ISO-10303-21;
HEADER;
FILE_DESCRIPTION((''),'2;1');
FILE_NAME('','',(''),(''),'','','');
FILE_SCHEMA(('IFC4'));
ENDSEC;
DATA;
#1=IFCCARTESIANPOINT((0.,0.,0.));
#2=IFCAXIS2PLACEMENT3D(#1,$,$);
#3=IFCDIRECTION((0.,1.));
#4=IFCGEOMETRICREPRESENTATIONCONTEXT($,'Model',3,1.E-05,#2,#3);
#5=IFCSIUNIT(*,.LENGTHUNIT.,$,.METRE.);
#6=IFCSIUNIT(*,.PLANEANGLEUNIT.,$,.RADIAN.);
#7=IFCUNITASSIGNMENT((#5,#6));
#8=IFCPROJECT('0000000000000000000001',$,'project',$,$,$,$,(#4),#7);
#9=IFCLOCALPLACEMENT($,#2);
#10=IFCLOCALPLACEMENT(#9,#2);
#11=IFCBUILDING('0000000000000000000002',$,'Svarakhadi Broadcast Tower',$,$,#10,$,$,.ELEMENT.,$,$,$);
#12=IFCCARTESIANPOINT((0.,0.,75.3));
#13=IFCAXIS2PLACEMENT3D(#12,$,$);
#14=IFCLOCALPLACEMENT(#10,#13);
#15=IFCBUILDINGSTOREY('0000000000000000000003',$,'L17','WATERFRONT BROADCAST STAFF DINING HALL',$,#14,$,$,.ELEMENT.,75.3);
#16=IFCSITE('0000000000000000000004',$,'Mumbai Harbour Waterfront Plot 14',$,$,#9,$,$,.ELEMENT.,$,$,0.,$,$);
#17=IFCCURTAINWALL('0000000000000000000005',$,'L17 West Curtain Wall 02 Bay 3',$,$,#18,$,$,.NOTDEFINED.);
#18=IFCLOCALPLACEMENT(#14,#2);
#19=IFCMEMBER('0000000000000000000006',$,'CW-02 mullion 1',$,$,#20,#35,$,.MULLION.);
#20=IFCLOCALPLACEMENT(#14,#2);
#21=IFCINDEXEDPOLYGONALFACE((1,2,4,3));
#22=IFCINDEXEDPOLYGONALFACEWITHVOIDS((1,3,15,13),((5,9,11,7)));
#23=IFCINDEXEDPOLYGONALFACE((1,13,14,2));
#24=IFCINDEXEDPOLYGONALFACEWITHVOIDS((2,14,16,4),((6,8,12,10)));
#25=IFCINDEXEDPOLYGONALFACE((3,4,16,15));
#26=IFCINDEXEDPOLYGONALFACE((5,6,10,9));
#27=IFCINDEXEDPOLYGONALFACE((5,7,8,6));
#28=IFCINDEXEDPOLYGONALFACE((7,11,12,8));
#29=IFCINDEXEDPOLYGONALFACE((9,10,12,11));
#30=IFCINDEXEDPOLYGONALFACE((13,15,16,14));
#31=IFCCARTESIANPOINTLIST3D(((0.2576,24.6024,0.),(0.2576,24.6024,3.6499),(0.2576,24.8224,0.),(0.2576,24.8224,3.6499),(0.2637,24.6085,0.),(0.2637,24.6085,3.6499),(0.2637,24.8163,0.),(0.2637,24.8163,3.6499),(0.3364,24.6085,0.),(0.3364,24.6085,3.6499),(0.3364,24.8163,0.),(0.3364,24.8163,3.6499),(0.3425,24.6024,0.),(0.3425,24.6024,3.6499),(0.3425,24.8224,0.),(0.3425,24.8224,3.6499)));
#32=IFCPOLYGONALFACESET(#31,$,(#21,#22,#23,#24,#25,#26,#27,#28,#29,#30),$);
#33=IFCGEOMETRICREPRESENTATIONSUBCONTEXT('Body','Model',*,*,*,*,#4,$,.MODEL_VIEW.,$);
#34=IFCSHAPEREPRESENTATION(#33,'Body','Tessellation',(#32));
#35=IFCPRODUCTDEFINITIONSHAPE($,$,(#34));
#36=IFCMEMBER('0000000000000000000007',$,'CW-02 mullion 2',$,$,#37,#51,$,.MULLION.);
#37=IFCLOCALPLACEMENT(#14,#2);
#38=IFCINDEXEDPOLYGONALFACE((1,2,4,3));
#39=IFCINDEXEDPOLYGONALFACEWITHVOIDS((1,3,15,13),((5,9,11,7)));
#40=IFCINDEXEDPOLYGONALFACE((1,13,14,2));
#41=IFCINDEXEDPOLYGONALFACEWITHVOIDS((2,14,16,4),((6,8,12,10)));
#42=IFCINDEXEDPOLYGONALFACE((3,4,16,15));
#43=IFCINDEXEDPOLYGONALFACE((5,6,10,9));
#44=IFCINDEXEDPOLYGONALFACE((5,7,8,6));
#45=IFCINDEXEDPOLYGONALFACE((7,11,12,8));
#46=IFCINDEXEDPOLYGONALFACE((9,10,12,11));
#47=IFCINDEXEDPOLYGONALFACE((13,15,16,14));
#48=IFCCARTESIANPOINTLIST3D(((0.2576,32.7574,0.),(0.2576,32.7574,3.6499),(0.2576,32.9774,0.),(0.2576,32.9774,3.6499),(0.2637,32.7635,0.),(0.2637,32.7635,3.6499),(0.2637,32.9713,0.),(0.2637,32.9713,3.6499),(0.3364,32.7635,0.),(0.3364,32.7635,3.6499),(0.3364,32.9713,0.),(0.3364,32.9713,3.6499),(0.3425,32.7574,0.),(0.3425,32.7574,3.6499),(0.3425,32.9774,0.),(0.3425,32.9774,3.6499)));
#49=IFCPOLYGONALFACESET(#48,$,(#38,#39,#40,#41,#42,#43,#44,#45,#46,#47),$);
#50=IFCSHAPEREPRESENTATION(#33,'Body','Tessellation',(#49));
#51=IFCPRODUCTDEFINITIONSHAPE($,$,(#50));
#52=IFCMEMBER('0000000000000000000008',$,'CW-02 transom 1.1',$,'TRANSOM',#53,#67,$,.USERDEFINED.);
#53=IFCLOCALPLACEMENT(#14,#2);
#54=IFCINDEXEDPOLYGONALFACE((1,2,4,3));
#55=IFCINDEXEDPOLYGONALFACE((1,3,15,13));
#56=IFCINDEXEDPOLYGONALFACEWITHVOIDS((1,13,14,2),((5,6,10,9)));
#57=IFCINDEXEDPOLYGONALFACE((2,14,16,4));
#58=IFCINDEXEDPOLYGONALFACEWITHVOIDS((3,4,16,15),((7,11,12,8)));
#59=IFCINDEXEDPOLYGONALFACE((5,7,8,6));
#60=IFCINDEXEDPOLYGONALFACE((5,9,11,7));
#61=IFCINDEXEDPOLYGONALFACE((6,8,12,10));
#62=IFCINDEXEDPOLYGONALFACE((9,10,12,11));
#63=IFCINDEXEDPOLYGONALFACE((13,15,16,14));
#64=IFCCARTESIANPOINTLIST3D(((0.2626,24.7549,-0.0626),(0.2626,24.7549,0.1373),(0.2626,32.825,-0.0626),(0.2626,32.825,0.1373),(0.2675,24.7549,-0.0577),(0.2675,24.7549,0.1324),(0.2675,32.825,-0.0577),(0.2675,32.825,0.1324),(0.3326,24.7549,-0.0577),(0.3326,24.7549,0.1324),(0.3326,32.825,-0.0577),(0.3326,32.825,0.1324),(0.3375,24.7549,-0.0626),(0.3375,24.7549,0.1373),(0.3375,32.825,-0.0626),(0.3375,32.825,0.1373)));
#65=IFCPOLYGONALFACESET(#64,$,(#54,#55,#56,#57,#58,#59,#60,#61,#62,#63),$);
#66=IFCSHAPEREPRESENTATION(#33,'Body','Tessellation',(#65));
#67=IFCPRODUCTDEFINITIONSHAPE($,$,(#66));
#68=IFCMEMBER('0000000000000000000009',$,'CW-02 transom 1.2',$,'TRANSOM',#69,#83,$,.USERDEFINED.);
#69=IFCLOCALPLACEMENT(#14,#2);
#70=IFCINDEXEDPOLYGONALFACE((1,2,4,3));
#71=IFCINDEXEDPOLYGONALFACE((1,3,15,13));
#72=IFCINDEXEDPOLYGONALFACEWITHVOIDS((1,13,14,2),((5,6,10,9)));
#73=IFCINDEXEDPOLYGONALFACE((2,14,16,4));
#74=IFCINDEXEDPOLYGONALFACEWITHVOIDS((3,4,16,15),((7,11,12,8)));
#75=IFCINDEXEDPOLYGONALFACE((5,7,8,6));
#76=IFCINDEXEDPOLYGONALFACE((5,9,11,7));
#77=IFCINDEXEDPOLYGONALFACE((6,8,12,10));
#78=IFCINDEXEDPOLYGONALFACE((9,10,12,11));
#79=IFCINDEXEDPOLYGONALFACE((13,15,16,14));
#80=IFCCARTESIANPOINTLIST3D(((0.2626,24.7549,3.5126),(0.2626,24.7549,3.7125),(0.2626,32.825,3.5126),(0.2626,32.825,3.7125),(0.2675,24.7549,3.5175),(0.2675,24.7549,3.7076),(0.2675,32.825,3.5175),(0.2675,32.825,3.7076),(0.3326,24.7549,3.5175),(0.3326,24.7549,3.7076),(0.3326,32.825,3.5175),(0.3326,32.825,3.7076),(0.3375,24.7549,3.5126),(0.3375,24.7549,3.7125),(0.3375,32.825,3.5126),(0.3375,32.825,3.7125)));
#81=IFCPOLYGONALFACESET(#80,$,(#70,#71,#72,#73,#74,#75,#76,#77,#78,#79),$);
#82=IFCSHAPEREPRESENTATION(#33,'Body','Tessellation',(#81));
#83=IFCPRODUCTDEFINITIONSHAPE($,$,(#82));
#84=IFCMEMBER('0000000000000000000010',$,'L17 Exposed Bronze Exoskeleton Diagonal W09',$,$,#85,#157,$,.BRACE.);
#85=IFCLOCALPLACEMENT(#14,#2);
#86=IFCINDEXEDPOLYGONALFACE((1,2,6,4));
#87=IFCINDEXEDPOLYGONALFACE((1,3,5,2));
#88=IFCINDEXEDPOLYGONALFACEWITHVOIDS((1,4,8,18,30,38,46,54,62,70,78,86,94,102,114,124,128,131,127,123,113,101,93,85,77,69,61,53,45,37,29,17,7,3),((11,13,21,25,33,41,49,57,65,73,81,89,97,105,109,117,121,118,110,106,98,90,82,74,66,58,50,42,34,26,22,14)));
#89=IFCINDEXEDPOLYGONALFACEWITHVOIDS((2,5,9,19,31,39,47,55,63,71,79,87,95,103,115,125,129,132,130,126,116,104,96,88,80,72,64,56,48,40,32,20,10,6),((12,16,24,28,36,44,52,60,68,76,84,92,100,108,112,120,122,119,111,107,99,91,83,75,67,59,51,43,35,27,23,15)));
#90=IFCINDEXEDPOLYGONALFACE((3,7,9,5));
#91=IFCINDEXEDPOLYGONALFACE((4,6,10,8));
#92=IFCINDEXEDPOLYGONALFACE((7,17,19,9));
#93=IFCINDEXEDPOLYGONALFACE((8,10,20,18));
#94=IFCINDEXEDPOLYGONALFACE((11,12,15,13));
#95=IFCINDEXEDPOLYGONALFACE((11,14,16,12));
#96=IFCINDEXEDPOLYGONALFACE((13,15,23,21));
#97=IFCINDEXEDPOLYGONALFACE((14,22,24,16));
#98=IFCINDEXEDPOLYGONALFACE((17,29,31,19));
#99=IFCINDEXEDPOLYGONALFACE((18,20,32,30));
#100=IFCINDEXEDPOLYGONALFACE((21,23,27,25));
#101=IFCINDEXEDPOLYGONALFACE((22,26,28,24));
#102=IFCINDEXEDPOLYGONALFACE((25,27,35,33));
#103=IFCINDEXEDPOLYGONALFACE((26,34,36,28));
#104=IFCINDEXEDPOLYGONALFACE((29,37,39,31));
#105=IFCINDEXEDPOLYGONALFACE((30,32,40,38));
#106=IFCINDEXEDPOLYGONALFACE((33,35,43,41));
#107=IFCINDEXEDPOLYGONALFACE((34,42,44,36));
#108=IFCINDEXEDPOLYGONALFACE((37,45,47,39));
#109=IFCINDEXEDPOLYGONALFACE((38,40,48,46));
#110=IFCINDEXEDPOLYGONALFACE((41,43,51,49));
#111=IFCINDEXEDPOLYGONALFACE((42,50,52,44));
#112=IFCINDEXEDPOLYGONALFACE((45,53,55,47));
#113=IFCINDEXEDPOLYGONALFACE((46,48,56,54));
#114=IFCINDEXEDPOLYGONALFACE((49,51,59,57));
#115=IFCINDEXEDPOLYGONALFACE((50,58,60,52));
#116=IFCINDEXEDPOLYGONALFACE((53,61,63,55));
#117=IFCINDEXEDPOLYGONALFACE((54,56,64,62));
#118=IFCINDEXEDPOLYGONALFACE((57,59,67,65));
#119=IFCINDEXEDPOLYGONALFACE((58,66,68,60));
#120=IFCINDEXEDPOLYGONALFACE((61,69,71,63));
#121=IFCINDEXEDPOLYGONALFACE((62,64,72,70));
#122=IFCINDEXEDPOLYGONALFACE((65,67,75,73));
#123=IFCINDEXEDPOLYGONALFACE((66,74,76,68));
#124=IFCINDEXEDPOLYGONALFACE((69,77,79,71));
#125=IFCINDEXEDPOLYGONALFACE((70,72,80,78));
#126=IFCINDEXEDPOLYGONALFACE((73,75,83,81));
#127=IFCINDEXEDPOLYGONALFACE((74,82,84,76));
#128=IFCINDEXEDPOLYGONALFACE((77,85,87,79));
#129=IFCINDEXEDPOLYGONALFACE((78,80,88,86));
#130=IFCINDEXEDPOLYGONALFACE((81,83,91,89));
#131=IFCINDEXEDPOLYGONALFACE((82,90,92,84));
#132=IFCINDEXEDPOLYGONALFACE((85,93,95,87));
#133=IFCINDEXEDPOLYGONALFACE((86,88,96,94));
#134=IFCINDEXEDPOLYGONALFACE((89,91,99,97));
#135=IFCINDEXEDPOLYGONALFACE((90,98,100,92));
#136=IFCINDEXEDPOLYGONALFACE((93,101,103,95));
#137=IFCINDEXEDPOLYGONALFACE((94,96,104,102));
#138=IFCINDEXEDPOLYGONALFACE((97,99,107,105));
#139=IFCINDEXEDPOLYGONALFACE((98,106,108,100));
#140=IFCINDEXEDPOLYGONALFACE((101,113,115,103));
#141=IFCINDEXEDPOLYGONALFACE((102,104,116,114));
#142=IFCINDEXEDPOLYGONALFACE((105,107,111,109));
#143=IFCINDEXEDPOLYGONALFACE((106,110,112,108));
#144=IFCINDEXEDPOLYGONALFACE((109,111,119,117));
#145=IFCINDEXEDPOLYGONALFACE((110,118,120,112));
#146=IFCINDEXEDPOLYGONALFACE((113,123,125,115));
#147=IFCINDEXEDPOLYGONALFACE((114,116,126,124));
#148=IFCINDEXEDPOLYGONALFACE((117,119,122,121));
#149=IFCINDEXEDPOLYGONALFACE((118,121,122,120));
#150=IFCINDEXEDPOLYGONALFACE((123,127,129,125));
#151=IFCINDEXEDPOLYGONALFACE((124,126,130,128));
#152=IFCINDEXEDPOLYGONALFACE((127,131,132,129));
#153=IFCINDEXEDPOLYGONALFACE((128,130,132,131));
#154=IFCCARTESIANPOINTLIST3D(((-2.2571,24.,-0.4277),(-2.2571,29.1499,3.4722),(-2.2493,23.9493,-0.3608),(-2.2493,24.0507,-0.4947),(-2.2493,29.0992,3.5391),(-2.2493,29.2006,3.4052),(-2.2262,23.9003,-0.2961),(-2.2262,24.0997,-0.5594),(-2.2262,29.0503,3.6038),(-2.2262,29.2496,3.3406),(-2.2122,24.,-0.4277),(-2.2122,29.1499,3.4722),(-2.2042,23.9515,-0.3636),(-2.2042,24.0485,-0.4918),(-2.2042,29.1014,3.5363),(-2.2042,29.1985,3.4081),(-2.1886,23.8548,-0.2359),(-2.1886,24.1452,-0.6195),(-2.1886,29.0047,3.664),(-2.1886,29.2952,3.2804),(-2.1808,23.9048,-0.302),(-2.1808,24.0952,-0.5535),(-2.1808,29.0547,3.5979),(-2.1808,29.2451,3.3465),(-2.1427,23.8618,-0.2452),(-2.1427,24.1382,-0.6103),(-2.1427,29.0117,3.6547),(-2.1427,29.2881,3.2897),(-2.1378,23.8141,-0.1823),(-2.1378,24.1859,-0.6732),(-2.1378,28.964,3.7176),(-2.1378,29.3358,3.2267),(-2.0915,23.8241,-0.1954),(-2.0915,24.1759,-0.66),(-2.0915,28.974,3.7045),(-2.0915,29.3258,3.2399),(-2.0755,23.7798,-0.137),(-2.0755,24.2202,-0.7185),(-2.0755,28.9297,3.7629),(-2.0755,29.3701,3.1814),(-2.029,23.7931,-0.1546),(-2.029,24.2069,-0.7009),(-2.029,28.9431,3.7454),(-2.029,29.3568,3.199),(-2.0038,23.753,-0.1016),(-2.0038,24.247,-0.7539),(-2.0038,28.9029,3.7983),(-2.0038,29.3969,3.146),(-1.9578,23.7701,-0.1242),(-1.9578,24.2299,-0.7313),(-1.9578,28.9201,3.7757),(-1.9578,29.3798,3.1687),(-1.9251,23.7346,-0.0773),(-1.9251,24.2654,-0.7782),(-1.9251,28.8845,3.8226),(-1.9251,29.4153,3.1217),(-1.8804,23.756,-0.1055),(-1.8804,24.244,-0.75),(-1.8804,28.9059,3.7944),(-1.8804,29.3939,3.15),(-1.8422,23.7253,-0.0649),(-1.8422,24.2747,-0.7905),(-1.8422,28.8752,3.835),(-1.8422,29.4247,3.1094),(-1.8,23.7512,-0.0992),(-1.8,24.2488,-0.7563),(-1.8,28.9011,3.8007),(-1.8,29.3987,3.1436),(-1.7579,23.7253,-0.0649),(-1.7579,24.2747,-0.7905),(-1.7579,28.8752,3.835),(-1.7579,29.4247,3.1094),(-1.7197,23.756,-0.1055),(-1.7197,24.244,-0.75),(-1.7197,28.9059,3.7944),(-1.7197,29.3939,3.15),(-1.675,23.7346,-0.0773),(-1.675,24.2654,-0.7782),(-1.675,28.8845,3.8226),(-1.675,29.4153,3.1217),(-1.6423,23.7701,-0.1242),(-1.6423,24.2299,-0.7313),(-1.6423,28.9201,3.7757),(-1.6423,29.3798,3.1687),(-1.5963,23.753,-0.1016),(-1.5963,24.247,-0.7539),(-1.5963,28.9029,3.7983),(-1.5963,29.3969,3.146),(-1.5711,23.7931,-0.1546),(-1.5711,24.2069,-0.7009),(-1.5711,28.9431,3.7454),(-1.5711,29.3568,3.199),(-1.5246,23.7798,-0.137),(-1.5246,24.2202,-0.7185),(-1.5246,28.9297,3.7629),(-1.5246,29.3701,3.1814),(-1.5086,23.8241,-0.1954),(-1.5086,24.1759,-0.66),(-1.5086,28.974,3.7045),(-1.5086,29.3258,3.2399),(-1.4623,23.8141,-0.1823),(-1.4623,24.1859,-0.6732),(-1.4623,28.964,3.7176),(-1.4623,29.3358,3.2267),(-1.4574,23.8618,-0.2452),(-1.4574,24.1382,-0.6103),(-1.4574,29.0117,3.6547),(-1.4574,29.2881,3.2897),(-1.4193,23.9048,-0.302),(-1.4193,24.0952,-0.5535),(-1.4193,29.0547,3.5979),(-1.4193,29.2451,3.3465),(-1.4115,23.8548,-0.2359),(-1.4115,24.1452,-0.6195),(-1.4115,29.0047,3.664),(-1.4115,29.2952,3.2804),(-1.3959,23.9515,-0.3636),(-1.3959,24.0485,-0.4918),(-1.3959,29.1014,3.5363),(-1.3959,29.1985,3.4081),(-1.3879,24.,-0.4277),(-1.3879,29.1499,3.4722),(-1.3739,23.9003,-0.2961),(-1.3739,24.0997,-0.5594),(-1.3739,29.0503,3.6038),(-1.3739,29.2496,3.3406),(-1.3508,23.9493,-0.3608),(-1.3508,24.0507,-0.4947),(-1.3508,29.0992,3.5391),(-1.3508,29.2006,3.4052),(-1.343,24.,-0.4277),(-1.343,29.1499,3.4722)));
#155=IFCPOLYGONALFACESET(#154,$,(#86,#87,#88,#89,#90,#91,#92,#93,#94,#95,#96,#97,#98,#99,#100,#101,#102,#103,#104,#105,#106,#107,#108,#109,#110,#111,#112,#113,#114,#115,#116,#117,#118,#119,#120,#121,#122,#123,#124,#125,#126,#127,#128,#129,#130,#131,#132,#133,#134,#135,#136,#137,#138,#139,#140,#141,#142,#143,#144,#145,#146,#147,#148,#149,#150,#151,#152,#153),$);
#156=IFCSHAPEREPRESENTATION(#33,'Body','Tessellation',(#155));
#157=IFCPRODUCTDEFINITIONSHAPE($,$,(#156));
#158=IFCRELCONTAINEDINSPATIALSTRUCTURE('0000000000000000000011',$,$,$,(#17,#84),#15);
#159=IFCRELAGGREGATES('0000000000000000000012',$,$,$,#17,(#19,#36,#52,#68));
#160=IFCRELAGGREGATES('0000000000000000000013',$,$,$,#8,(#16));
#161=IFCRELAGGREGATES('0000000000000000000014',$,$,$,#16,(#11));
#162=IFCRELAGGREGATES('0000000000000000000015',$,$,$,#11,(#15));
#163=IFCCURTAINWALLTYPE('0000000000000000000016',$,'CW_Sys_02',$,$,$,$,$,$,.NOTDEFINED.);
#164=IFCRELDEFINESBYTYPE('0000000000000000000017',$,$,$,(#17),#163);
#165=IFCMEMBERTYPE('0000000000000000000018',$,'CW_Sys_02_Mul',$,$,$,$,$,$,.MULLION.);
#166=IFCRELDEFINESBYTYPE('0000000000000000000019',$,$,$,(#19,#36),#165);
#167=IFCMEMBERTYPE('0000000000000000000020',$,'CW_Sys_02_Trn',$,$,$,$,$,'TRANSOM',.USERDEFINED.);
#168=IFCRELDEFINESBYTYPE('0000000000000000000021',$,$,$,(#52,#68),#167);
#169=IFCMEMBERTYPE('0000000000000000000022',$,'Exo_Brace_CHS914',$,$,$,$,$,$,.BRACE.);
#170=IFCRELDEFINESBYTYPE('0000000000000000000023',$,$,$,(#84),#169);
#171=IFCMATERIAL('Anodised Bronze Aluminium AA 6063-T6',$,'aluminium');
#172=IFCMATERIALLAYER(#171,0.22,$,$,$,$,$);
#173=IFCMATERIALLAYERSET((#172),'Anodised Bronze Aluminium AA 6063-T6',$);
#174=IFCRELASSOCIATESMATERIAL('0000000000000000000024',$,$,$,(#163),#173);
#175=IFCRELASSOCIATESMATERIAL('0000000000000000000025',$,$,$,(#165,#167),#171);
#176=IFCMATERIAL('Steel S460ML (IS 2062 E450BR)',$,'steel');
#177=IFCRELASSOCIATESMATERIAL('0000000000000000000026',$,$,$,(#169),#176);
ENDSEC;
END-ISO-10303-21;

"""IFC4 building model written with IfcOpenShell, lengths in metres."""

from ifc_helpers import new_model, si_unit, direction, frame, origin, origin_2d, place, context, subcontext, project, spatial, hollow_rectangle, hollow_circle, extrude, material, layer, layer_set, material_profile, profile_set, type_object, element, aggregate, save


model = new_model("IFC4")

# Units and contexts
model_context = context("Model", 3, precision=1e-05, world=origin(), true_north=direction((0.0, 1.0)))
body_context = subcontext(model_context, "Body", "Model", "MODEL_VIEW")
ifc_project = project(units=[si_unit("LENGTHUNIT", "METRE"), si_unit("PLANEANGLEUNIT", "RADIAN")], contexts=[model_context])

# Site, building, storey
site_placement = place(None, origin())
site = spatial("IfcSite", under=ifc_project, at=site_placement, Name="Mumbai Harbour Waterfront Plot 14", CompositionType="ELEMENT", RefElevation=0.0)
building_placement = place(site_placement, origin())
building = spatial("IfcBuilding", under=site, at=building_placement, Name="Svarakhadi Broadcast Tower", CompositionType="ELEMENT")
storey_placement = place(building_placement, frame((0.0, 0.0, 75.3)))
storey = spatial("IfcBuildingStorey", under=building, at=storey_placement, Name="L17", Description="WATERFRONT BROADCAST STAFF DINING HALL", CompositionType="ELEMENT", Elevation=75.3)

# Shared definitions
ifc_material_1 = material(Name="Steel S460ML (IS 2062 E450BR)", Category="steel")

# Curtain wall, members
ifc_material_2 = material(Name="Anodised Bronze Aluminium AA 6063-T6", Category="aluminium")
ifc_layer_1 = layer(ifc_material_2, 0.22)
ifc_layer_set_1 = layer_set([ifc_layer_1], Name="Anodised Bronze Aluminium AA 6063-T6")
curtain_wall_type = type_object("IfcCurtainWallType", Name="CW_Sys_02", PredefinedType="NOTDEFINED", material=ifc_layer_set_1)
curtain_wall_placement = place(storey_placement, origin())
curtain_wall = element("IfcCurtainWall", 1, at=curtain_wall_placement, inside=storey, type_object=curtain_wall_type, Name="L17 West Curtain Wall 02 Bay 3", PredefinedType="NOTDEFINED")
ifc_material_profile_1 = material_profile(ifc_material_2, hollow_rectangle(XDim=0.085, YDim=0.22, WallThickness=0.0061, at=origin_2d()), Name="ALU MULLION 220x85x6")
ifc_profile_set_1 = profile_set([ifc_material_profile_1], Name="Anodised Bronze Aluminium AA 6063-T6")
member_type_1 = type_object("IfcMemberType", Name="CW_Sys_02_Mul", PredefinedType="MULLION", material=ifc_profile_set_1)
member_1_placement = place(storey_placement, frame((0.3, 24.7124, 0.0), z_axis=(0.0, 0.0, 1.0), x_axis=(-1.0, 0.0, 0.0)))
member_1 = element("IfcMember", 2, at=member_1_placement, type_object=member_type_1, Name="CW-02 mullion 1", PredefinedType="MULLION", context=body_context, shape_type="SweptSolid", body=[
    extrude(hollow_rectangle(XDim=0.085, YDim=0.22, WallThickness=0.0061, at=origin_2d()), origin(), (0.0, 0.0, 1.0), 3.6499),
])
member_2_placement = place(storey_placement, frame((0.3, 32.8674, 0.0), z_axis=(0.0, 0.0, 1.0), x_axis=(-1.0, 0.0, 0.0)))
member_2 = element("IfcMember", 3, at=member_2_placement, type_object=member_type_1, Name="CW-02 mullion 2", PredefinedType="MULLION", context=body_context, shape_type="SweptSolid", body=[
    extrude(hollow_rectangle(XDim=0.085, YDim=0.22, WallThickness=0.0061, at=origin_2d()), origin(), (0.0, 0.0, 1.0), 3.6499),
])
ifc_material_profile_2 = material_profile(ifc_material_2, hollow_rectangle(XDim=0.075, YDim=0.2, WallThickness=0.0049, at=origin_2d()), Name="ALU TRANSOM 200x75x5")
ifc_profile_set_2 = profile_set([ifc_material_profile_2], Name="Anodised Bronze Aluminium AA 6063-T6")
member_type_2 = type_object("IfcMemberType", Name="CW_Sys_02_Trn", ElementType="TRANSOM", PredefinedType="USERDEFINED", material=ifc_profile_set_2)
member_3_placement = place(storey_placement, frame((0.3, 24.7549, 0.0374), z_axis=(0.0, 1.0, 0.0), x_axis=(-1.0, 0.0, 0.0)))
member_3 = element("IfcMember", 4, at=member_3_placement, type_object=member_type_2, Name="CW-02 transom 1.1", ObjectType="TRANSOM", PredefinedType="USERDEFINED", context=body_context, shape_type="SweptSolid", body=[
    extrude(hollow_rectangle(XDim=0.075, YDim=0.2, WallThickness=0.0049, at=origin_2d()), origin(), (0.0, 0.0, 1.0), 8.0701),
])
member_4_placement = place(storey_placement, frame((0.3, 24.7549, 3.6125), z_axis=(0.0, 1.0, 0.0), x_axis=(-1.0, 0.0, 0.0)))
member_4 = element("IfcMember", 5, at=member_4_placement, type_object=member_type_2, Name="CW-02 transom 1.2", ObjectType="TRANSOM", PredefinedType="USERDEFINED", context=body_context, shape_type="SweptSolid", body=[
    extrude(hollow_rectangle(XDim=0.075, YDim=0.2, WallThickness=0.0049, at=origin_2d()), origin(), (0.0, 0.0, 1.0), 8.0701),
])

# Member
ifc_material_profile_3 = material_profile(ifc_material_1, hollow_circle(Radius=0.457, WallThickness=0.0449, at=origin_2d()), Name="CHS 914x45")
ifc_profile_set_3 = profile_set([ifc_material_profile_3], Name="Steel S460ML (IS 2062 E450BR)")
member_type_3 = type_object("IfcMemberType", Name="Exo_Brace_CHS914", PredefinedType="BRACE", material=ifc_profile_set_3)
member_5_placement = place(storey_placement, frame((-1.8, 24.0, -0.4277), z_axis=(0.0, 0.797207, 0.603706), x_axis=(-1.0, 0.0, 0.0)))
element("IfcMember", 6, at=member_5_placement, inside=storey, type_object=member_type_3, Name="L17 Exposed Bronze Exoskeleton Diagonal W09", PredefinedType="BRACE", context=body_context, shape_type="SweptSolid", body=[
    extrude(hollow_circle(Radius=0.457, WallThickness=0.0449, at=origin_2d()), origin(), (0.0, 0.0, 1.0), 6.46),
])

aggregate(curtain_wall, [member_1, member_2, member_3, member_4])

save(model, "model.ifc")
